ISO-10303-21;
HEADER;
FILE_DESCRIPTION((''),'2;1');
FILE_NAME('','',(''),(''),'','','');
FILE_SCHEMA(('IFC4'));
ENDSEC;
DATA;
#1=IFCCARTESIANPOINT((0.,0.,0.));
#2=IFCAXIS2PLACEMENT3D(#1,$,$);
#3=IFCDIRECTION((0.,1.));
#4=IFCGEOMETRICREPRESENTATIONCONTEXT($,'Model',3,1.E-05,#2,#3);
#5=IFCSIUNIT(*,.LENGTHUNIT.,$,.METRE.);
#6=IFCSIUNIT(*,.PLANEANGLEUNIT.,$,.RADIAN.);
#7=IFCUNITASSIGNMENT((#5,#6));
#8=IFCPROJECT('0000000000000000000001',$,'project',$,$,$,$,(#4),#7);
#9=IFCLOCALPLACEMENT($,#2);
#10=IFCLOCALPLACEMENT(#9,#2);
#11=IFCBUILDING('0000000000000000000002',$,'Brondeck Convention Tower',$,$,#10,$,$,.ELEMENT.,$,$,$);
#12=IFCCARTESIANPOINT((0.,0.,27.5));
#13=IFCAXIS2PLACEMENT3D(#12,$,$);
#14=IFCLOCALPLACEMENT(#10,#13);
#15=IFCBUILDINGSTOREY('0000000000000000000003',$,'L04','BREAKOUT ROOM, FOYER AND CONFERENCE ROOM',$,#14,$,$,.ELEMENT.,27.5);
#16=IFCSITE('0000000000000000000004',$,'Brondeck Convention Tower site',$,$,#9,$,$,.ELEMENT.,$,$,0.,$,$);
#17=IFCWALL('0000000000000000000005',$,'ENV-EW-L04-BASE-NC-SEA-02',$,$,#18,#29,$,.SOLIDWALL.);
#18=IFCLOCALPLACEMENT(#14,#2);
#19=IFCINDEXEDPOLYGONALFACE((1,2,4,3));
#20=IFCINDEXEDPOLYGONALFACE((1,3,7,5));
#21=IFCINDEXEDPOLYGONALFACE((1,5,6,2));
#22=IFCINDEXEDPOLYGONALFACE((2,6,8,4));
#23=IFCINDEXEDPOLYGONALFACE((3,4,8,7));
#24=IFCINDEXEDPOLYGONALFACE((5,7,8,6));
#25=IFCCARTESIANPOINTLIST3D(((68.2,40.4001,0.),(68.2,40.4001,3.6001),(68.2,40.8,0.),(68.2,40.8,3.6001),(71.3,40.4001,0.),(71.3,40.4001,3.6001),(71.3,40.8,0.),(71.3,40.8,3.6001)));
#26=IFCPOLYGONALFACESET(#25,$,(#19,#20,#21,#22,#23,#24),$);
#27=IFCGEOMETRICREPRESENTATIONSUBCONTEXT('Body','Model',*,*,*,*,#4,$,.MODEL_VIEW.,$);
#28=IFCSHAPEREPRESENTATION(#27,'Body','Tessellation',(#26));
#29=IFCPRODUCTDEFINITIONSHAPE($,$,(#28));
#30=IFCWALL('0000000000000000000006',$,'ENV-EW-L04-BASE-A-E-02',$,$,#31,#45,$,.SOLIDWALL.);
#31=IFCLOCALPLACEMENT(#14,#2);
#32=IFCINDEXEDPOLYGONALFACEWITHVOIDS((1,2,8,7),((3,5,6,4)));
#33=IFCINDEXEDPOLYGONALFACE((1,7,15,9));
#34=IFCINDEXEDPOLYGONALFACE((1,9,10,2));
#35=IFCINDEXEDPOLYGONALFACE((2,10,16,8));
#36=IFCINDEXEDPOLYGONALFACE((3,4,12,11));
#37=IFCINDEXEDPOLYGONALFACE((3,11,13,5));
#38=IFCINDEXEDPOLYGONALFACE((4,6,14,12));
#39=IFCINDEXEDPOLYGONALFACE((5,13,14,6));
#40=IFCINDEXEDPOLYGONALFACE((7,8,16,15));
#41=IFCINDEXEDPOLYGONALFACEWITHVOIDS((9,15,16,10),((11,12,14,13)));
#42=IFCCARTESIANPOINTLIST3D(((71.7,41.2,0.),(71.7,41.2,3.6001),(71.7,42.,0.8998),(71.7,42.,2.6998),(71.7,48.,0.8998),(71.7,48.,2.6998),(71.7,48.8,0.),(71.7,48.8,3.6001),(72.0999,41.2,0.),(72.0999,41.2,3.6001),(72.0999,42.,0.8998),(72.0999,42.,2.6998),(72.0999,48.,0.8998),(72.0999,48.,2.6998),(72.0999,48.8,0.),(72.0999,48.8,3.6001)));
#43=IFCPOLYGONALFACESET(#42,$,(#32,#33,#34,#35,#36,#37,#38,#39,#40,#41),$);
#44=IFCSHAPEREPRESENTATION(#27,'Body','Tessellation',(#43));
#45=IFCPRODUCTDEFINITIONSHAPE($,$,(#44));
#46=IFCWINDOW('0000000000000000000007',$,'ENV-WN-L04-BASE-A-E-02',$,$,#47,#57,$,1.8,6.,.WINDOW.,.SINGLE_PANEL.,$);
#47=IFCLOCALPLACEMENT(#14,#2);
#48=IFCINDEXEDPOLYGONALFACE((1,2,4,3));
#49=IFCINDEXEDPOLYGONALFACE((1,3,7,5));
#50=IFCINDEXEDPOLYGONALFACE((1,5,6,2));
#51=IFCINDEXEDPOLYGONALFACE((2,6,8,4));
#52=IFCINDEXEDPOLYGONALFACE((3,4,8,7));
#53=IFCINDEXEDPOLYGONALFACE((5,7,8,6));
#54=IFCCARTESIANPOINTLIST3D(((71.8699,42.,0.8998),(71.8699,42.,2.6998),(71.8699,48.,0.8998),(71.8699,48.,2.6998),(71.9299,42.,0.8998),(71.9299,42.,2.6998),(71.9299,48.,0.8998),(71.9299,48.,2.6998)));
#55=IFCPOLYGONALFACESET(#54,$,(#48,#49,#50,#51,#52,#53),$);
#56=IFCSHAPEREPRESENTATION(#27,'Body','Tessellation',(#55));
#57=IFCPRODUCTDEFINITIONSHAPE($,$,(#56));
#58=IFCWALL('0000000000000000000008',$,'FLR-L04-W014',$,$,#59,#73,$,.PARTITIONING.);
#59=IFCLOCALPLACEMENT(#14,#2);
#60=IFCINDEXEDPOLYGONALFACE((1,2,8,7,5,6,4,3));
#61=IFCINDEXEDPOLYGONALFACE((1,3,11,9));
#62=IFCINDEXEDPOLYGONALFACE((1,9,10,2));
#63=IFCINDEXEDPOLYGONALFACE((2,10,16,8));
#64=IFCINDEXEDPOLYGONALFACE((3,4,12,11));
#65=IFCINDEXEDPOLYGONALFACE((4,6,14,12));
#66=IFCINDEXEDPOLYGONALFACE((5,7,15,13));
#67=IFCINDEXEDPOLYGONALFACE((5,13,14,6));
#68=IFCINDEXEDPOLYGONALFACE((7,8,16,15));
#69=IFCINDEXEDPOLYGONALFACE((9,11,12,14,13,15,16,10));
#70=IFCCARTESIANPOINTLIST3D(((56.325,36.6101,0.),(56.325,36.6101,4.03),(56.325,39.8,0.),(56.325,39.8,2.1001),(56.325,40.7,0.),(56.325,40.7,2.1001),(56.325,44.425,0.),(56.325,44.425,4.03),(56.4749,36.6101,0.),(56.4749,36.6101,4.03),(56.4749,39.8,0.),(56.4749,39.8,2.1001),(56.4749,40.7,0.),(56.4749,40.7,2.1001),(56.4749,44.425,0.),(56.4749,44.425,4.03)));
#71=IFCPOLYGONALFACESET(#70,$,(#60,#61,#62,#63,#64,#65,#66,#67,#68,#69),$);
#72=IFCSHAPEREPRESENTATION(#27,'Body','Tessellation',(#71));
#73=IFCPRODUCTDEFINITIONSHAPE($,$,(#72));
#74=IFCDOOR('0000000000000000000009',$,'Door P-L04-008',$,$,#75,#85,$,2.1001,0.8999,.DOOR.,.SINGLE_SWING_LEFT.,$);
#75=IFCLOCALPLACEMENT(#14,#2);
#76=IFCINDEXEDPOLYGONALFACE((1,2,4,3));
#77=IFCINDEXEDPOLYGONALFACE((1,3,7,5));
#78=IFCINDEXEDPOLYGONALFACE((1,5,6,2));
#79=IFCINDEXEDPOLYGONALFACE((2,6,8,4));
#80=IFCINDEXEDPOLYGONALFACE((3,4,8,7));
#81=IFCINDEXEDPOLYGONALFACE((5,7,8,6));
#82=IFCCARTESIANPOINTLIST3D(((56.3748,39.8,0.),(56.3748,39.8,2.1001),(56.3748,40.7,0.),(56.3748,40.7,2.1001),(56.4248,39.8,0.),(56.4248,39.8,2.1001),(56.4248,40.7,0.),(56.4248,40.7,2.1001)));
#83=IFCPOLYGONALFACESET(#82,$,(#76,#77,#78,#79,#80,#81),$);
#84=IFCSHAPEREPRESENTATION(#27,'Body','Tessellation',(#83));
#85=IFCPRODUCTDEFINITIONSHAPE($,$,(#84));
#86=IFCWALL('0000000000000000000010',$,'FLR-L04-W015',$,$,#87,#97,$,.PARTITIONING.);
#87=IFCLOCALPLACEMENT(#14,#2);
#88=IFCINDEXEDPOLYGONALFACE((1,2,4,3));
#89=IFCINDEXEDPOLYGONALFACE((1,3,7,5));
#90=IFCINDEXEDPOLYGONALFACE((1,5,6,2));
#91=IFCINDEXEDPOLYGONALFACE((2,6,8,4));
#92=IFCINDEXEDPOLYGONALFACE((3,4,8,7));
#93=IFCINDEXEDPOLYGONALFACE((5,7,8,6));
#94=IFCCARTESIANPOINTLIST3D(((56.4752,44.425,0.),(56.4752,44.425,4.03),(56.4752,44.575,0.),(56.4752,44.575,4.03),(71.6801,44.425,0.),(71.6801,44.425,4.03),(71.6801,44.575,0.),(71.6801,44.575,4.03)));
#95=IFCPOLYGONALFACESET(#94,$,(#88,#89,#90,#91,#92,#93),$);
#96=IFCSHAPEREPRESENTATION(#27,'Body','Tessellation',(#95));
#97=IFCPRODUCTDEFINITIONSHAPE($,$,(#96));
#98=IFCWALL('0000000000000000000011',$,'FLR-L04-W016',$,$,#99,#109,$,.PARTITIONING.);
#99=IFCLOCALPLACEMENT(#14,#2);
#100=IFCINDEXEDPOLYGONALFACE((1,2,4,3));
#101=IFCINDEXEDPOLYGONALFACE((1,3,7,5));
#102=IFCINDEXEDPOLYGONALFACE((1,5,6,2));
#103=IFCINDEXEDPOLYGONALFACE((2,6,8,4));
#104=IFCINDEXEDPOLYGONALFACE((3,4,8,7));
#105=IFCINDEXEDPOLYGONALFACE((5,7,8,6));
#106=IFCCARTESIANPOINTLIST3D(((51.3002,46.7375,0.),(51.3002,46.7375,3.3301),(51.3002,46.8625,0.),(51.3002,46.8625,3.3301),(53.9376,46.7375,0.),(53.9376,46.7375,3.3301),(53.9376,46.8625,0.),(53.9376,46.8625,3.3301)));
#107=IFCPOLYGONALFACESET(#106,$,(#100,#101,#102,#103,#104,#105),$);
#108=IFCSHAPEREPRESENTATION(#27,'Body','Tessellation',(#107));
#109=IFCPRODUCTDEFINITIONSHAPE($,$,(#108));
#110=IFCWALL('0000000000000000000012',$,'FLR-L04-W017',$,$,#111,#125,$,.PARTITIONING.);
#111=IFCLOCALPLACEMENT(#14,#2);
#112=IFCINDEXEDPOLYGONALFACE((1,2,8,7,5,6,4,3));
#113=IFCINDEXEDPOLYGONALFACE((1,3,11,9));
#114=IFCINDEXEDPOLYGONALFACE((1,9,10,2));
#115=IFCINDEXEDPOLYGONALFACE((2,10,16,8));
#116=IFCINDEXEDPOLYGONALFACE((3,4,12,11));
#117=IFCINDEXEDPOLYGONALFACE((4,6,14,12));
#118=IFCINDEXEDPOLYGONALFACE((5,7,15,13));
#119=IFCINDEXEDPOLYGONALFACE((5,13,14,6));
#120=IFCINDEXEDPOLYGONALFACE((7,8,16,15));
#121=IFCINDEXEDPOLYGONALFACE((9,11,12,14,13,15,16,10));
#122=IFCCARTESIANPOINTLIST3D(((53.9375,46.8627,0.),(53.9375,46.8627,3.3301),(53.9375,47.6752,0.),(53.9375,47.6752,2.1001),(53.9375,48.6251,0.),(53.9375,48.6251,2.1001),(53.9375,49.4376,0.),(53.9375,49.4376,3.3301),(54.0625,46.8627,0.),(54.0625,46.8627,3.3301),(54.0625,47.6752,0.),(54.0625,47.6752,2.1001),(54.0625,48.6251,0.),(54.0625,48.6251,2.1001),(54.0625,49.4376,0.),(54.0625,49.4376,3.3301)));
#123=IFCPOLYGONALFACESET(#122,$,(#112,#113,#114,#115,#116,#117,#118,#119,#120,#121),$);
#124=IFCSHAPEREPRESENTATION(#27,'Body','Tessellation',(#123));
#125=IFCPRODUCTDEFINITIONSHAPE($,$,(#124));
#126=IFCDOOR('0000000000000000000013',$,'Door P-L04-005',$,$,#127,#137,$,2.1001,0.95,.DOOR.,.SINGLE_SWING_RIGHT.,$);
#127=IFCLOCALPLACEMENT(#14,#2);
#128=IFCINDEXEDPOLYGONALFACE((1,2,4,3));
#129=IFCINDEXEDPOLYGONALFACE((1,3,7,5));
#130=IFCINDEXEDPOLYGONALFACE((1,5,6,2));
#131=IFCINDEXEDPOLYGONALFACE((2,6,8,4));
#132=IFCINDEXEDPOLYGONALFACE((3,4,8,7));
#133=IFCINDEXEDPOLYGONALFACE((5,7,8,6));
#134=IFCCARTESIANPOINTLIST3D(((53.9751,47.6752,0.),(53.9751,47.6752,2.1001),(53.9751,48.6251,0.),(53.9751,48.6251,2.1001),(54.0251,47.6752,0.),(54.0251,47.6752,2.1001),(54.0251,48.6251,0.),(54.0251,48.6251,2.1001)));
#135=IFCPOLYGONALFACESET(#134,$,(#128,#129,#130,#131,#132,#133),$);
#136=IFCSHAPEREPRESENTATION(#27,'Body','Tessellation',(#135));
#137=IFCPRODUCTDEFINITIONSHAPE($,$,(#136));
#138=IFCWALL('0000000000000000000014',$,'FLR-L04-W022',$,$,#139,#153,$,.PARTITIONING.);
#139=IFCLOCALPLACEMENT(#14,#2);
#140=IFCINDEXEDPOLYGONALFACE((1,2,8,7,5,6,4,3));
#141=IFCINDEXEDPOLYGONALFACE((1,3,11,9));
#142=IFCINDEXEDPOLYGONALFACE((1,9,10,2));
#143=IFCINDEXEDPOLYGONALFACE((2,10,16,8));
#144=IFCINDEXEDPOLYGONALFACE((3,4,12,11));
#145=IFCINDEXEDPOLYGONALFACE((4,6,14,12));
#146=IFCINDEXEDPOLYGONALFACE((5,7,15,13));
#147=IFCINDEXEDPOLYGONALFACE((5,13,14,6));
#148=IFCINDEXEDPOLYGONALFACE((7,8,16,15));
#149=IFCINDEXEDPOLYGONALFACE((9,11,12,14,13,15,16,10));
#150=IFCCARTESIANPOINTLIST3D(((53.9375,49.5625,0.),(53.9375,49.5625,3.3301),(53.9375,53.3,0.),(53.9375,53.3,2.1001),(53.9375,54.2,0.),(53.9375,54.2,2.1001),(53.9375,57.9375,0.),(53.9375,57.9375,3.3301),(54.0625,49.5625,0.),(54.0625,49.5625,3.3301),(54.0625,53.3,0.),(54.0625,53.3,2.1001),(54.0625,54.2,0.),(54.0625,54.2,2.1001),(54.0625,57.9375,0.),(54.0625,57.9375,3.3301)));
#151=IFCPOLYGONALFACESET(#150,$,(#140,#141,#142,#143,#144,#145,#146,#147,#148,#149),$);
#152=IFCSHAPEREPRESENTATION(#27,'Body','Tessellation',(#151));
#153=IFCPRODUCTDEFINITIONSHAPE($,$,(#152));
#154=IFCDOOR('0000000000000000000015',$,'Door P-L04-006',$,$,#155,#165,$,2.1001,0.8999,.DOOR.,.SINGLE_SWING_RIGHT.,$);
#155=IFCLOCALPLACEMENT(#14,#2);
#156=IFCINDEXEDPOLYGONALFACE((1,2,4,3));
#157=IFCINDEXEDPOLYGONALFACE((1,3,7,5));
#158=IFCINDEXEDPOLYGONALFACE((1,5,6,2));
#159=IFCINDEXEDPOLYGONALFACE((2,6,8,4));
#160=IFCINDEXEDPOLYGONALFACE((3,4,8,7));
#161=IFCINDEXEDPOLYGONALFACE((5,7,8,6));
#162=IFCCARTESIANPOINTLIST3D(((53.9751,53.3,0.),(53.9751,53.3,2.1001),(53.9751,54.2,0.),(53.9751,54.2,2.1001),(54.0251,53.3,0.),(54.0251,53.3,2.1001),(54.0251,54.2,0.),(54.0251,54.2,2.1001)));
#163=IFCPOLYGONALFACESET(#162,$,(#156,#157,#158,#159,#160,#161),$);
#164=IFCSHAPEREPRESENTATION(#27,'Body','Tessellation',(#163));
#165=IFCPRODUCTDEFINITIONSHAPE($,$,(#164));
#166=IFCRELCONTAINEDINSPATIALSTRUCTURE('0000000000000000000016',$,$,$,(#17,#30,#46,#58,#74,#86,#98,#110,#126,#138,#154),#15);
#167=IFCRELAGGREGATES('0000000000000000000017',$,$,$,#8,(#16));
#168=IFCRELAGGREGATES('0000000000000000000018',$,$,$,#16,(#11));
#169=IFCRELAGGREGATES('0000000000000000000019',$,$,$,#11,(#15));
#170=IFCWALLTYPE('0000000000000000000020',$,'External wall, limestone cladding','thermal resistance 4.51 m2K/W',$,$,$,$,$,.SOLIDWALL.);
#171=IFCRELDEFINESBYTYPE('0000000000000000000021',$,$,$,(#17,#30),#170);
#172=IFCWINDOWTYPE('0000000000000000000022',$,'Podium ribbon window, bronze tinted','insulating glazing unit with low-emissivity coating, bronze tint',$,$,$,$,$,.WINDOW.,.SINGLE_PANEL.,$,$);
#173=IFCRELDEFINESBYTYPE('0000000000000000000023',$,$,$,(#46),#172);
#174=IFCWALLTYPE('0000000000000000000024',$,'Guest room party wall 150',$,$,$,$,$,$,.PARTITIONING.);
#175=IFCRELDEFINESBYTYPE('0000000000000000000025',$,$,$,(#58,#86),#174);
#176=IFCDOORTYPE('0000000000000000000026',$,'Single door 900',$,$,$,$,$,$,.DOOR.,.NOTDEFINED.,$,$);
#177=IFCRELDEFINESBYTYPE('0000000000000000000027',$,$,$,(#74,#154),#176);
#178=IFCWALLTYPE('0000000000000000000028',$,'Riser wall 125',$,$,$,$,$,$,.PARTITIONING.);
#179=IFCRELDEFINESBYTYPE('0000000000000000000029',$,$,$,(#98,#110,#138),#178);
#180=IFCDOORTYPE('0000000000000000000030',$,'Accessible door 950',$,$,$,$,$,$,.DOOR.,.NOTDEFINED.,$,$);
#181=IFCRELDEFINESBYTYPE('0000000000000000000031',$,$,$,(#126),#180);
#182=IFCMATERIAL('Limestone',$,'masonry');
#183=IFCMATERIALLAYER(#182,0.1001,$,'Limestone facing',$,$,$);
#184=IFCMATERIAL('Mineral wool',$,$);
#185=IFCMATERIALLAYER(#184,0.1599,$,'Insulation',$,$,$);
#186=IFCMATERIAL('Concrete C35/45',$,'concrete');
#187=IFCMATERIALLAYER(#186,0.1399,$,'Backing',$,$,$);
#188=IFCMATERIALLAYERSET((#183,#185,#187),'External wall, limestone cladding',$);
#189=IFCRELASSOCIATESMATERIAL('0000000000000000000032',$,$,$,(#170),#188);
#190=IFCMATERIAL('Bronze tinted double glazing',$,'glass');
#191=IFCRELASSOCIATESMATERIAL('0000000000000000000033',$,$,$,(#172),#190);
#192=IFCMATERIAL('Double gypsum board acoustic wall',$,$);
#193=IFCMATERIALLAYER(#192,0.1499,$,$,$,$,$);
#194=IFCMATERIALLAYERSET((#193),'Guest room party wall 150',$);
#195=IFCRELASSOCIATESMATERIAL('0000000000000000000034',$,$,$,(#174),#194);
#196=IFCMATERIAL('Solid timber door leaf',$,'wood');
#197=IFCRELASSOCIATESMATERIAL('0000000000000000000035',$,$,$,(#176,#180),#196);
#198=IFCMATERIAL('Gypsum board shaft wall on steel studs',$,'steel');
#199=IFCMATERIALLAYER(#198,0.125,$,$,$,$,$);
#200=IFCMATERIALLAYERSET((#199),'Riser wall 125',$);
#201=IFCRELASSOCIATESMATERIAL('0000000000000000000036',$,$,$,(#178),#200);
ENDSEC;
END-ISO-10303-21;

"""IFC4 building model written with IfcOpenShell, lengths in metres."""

from ifc_helpers import new_model, si_unit, direction, frame, frame_2d, origin, place, context, subcontext, project, spatial, rectangle, extrude, material, layer, layer_set, type_object, element, fill, save


model = new_model("IFC4")

# Units and contexts
model_context = context("Model", 3, precision=1e-05, world=origin(), true_north=direction((0.0, 1.0)))
body_context = subcontext(model_context, "Body", "Model", "MODEL_VIEW")
ifc_project = project(units=[si_unit("LENGTHUNIT", "METRE"), si_unit("PLANEANGLEUNIT", "RADIAN")], contexts=[model_context])

# Site, building, storey
site_placement = place(None, origin())
site = spatial("IfcSite", under=ifc_project, at=site_placement, Name="Brondeck Convention Tower site", CompositionType="ELEMENT", RefElevation=0.0)
building_placement = place(site_placement, origin())
building = spatial("IfcBuilding", under=site, at=building_placement, Name="Brondeck Convention Tower", CompositionType="ELEMENT")
storey_placement = place(building_placement, frame((0.0, 0.0, 27.5)))
storey = spatial("IfcBuildingStorey", under=building, at=storey_placement, Name="L04", Description="BREAKOUT ROOM, FOYER AND CONFERENCE ROOM", CompositionType="ELEMENT", Elevation=27.5)

# Wall
ifc_material_1 = material(Name="Limestone", Category="masonry")
ifc_layer_1 = layer(ifc_material_1, 0.1001, Name="Limestone facing")
ifc_material_2 = material(Name="Mineral wool")
ifc_layer_2 = layer(ifc_material_2, 0.1599, Name="Insulation")
ifc_material_3 = material(Name="Concrete C35/45", Category="concrete")
ifc_layer_3 = layer(ifc_material_3, 0.1399, Name="Backing")
ifc_layer_set_1 = layer_set([ifc_layer_1, ifc_layer_2, ifc_layer_3], Name="External wall, limestone cladding")
wall_type_1 = type_object("IfcWallType", Name="External wall, limestone cladding", Description="thermal resistance 4.51 m2K/W", PredefinedType="SOLIDWALL", material=ifc_layer_set_1)
for number, where, z_axis, x_axis, name in (
    (1, (71.3, 40.6001, 0.0), (0.0, 0.0, 1.0), (-1.0, 0.0, 0.0), "ENV-EW-L04-BASE-NC-SEA-02"),
):
    element("IfcWall", number, at=place(storey_placement, frame(where, z_axis=z_axis, x_axis=x_axis)), inside=storey, type_object=wall_type_1, Name=name, PredefinedType="SOLIDWALL", context=body_context, shape_type="SweptSolid", body=[
        extrude(rectangle(XDim=3.1001, YDim=0.3999, at=frame_2d((1.55, 0.0))), origin(), (0.0, 0.0, 1.0), 3.6001),
    ])

# Wall, opening, window
wall_1_placement = place(storey_placement, frame((71.8999, 48.8, 0.0), z_axis=(0.0, 0.0, 1.0), x_axis=(0.0, -1.0, 0.0)))
wall_1 = element("IfcWall", 2, at=wall_1_placement, inside=storey, type_object=wall_type_1, Name="ENV-EW-L04-BASE-A-E-02", PredefinedType="SOLIDWALL", context=body_context, shape_type="SweptSolid", body=[
    extrude(rectangle(XDim=7.6001, YDim=0.3999, at=frame_2d((3.8, 0.0))), origin(), (0.0, 0.0, 1.0), 3.6001),
])
opening_1_placement = place(wall_1_placement, frame((0.8, 0.0, 0.8999)))
opening_1 = element("IfcOpeningElement", 3, at=opening_1_placement, cuts=wall_1, PredefinedType="OPENING", context=body_context, shape_type="SweptSolid", body=[
    extrude(rectangle(XDim=6.0, YDim=1.8, at=frame_2d((3.0, 0.8999))), frame((0.0, 0.21, 0.0), z_axis=(0.0, -1.0, 0.0), x_axis=(1.0, 0.0, 0.0)), (0.0, 0.0, 1.0), 0.4199),
])
ifc_material_4 = material(Name="Bronze tinted double glazing", Category="glass")
window_type = type_object("IfcWindowType", Name="Podium ribbon window, bronze tinted", Description="insulating glazing unit with low-emissivity coating, bronze tint", PartitioningType="SINGLE_PANEL", PredefinedType="WINDOW", material=ifc_material_4)
window_placement = place(opening_1_placement, origin())
window = element("IfcWindow", 4, at=window_placement, inside=storey, type_object=window_type, Name="ENV-WN-L04-BASE-A-E-02", OverallHeight=1.8, OverallWidth=6.0, PartitioningType="SINGLE_PANEL", PredefinedType="WINDOW", context=body_context, shape_type="SweptSolid", body=[
    extrude(rectangle(XDim=6.0, YDim=1.8, at=frame_2d((3.0, 0.8999))), frame((0.0, 0.03, 0.0), z_axis=(0.0, -1.0, 0.0), x_axis=(1.0, 0.0, 0.0)), (0.0, 0.0, 1.0), 0.0601),
])
fill(opening_1, window)

# Wall, opening, door
ifc_material_5 = material(Name="Double gypsum board acoustic wall")
ifc_layer_4 = layer(ifc_material_5, 0.1499)
ifc_layer_set_2 = layer_set([ifc_layer_4], Name="Guest room party wall 150")
wall_type_2 = type_object("IfcWallType", Name="Guest room party wall 150", PredefinedType="PARTITIONING", material=ifc_layer_set_2)
wall_2_placement = place(storey_placement, frame((56.3999, 44.425, 0.0), z_axis=(0.0, 0.0, 1.0), x_axis=(0.0, -1.0, 0.0)))
wall_2 = element("IfcWall", 5, at=wall_2_placement, inside=storey, type_object=wall_type_2, Name="FLR-L04-W014", PredefinedType="PARTITIONING", context=body_context, shape_type="SweptSolid", body=[
    extrude(rectangle(XDim=7.8149, YDim=0.1499, at=frame_2d((3.9075, 0.0))), origin(), (0.0, 0.0, 1.0), 4.03),
])
opening_2_placement = place(wall_2_placement, frame((3.7251, 0.0, 0.0)))
opening_2 = element("IfcOpeningElement", 6, at=opening_2_placement, cuts=wall_2, PredefinedType="OPENING", context=body_context, shape_type="SweptSolid", body=[
    extrude(rectangle(XDim=0.8999, YDim=2.1001, at=frame_2d((0.45, 1.05))), frame((0.0, 0.085, 0.0), z_axis=(0.0, -1.0, 0.0), x_axis=(1.0, 0.0, 0.0)), (0.0, 0.0, 1.0), 0.1699),
])
ifc_material_6 = material(Name="Solid timber door leaf", Category="wood")
door_type_1 = type_object("IfcDoorType", Name="Single door 900", OperationType="NOTDEFINED", PredefinedType="DOOR", material=ifc_material_6)
door_1_placement = place(opening_2_placement, origin())
door_1 = element("IfcDoor", 7, at=door_1_placement, inside=storey, type_object=door_type_1, Name="Door P-L04-008", OperationType="SINGLE_SWING_LEFT", OverallHeight=2.1001, OverallWidth=0.8999, PredefinedType="DOOR", context=body_context, shape_type="SweptSolid", body=[
    extrude(rectangle(XDim=0.8999, YDim=2.1001, at=frame_2d((0.45, 1.05))), frame((0.0, 0.0249, 0.0), z_axis=(0.0, -1.0, 0.0), x_axis=(1.0, 0.0, 0.0)), (0.0, 0.0, 1.0), 0.05),
])
fill(opening_2, door_1)

# Walls
wall_3_placement = place(storey_placement, frame((56.4751, 44.5, 0.0), z_axis=(0.0, 0.0, 1.0), x_axis=(1.0, 0.0, 0.0)))
element("IfcWall", 8, at=wall_3_placement, inside=storey, type_object=wall_type_2, Name="FLR-L04-W015", PredefinedType="PARTITIONING", context=body_context, shape_type="SweptSolid", body=[
    extrude(rectangle(XDim=15.2048, YDim=0.1499, at=frame_2d((7.6025, 0.0))), origin(), (0.0, 0.0, 1.0), 4.03),
])
ifc_material_7 = material(Name="Gypsum board shaft wall on steel studs", Category="steel")
ifc_layer_5 = layer(ifc_material_7, 0.125)
ifc_layer_set_3 = layer_set([ifc_layer_5], Name="Riser wall 125")
wall_type_3 = type_object("IfcWallType", Name="Riser wall 125", PredefinedType="PARTITIONING", material=ifc_layer_set_3)
wall_4_placement = place(storey_placement, frame((51.3, 46.8, 0.0), z_axis=(0.0, 0.0, 1.0), x_axis=(1.0, 0.0, 0.0)))
element("IfcWall", 9, at=wall_4_placement, inside=storey, type_object=wall_type_3, Name="FLR-L04-W016", PredefinedType="PARTITIONING", context=body_context, shape_type="SweptSolid", body=[
    extrude(rectangle(XDim=2.6375, YDim=0.125, at=frame_2d((1.3188, 0.0))), origin(), (0.0, 0.0, 1.0), 3.3301),
])

# Walls, openings, doors
wall_5_placement = place(storey_placement, frame((54.0, 46.8625, 0.0), z_axis=(0.0, 0.0, 1.0), x_axis=(0.0, 1.0, 0.0)))
wall_5 = element("IfcWall", 10, at=wall_5_placement, inside=storey, type_object=wall_type_3, Name="FLR-L04-W017", PredefinedType="PARTITIONING", context=body_context, shape_type="SweptSolid", body=[
    extrude(rectangle(XDim=2.575, YDim=0.125, at=frame_2d((1.2876, 0.0))), origin(), (0.0, 0.0, 1.0), 3.3301),
])
opening_3_placement = place(wall_5_placement, frame((0.8125, 0.0, 0.0)))
opening_3 = element("IfcOpeningElement", 11, at=opening_3_placement, cuts=wall_5, PredefinedType="OPENING", context=body_context, shape_type="SweptSolid", body=[
    extrude(rectangle(XDim=0.95, YDim=2.1001, at=frame_2d((0.4751, 1.05))), frame((0.0, 0.0725, 0.0), z_axis=(0.0, -1.0, 0.0), x_axis=(1.0, 0.0, 0.0)), (0.0, 0.0, 1.0), 0.145),
])
door_type_2 = type_object("IfcDoorType", Name="Accessible door 950", OperationType="NOTDEFINED", PredefinedType="DOOR", material=ifc_material_6)
door_2_placement = place(opening_3_placement, origin())
door_2 = element("IfcDoor", 12, at=door_2_placement, inside=storey, type_object=door_type_2, Name="Door P-L04-005", OperationType="SINGLE_SWING_RIGHT", OverallHeight=2.1001, OverallWidth=0.95, PredefinedType="DOOR", context=body_context, shape_type="SweptSolid", body=[
    extrude(rectangle(XDim=0.95, YDim=2.1001, at=frame_2d((0.4751, 1.05))), frame((0.0, 0.0249, 0.0), z_axis=(0.0, -1.0, 0.0), x_axis=(1.0, 0.0, 0.0)), (0.0, 0.0, 1.0), 0.05),
])
fill(opening_3, door_2)
wall_6_placement = place(storey_placement, frame((54.0, 49.5625, 0.0), z_axis=(0.0, 0.0, 1.0), x_axis=(0.0, 1.0, 0.0)))
wall_6 = element("IfcWall", 13, at=wall_6_placement, inside=storey, type_object=wall_type_3, Name="FLR-L04-W022", PredefinedType="PARTITIONING", context=body_context, shape_type="SweptSolid", body=[
    extrude(rectangle(XDim=8.375, YDim=0.125, at=frame_2d((4.1875, 0.0))), origin(), (0.0, 0.0, 1.0), 3.3301),
])
opening_4_placement = place(wall_6_placement, frame((3.7375, 0.0, 0.0)))
opening_4 = element("IfcOpeningElement", 14, at=opening_4_placement, cuts=wall_6, PredefinedType="OPENING", context=body_context, shape_type="SweptSolid", body=[
    extrude(rectangle(XDim=0.8999, YDim=2.1001, at=frame_2d((0.45, 1.05))), frame((0.0, 0.0725, 0.0), z_axis=(0.0, -1.0, 0.0), x_axis=(1.0, 0.0, 0.0)), (0.0, 0.0, 1.0), 0.145),
])
door_3_placement = place(opening_4_placement, origin())
door_3 = element("IfcDoor", 15, at=door_3_placement, inside=storey, type_object=door_type_1, Name="Door P-L04-006", OperationType="SINGLE_SWING_RIGHT", OverallHeight=2.1001, OverallWidth=0.8999, PredefinedType="DOOR", context=body_context, shape_type="SweptSolid", body=[
    extrude(rectangle(XDim=0.8999, YDim=2.1001, at=frame_2d((0.45, 1.05))), frame((0.0, 0.0249, 0.0), z_axis=(0.0, -1.0, 0.0), x_axis=(1.0, 0.0, 0.0)), (0.0, 0.0, 1.0), 0.05),
])
fill(opening_4, door_3)

save(model, "model.ifc")
